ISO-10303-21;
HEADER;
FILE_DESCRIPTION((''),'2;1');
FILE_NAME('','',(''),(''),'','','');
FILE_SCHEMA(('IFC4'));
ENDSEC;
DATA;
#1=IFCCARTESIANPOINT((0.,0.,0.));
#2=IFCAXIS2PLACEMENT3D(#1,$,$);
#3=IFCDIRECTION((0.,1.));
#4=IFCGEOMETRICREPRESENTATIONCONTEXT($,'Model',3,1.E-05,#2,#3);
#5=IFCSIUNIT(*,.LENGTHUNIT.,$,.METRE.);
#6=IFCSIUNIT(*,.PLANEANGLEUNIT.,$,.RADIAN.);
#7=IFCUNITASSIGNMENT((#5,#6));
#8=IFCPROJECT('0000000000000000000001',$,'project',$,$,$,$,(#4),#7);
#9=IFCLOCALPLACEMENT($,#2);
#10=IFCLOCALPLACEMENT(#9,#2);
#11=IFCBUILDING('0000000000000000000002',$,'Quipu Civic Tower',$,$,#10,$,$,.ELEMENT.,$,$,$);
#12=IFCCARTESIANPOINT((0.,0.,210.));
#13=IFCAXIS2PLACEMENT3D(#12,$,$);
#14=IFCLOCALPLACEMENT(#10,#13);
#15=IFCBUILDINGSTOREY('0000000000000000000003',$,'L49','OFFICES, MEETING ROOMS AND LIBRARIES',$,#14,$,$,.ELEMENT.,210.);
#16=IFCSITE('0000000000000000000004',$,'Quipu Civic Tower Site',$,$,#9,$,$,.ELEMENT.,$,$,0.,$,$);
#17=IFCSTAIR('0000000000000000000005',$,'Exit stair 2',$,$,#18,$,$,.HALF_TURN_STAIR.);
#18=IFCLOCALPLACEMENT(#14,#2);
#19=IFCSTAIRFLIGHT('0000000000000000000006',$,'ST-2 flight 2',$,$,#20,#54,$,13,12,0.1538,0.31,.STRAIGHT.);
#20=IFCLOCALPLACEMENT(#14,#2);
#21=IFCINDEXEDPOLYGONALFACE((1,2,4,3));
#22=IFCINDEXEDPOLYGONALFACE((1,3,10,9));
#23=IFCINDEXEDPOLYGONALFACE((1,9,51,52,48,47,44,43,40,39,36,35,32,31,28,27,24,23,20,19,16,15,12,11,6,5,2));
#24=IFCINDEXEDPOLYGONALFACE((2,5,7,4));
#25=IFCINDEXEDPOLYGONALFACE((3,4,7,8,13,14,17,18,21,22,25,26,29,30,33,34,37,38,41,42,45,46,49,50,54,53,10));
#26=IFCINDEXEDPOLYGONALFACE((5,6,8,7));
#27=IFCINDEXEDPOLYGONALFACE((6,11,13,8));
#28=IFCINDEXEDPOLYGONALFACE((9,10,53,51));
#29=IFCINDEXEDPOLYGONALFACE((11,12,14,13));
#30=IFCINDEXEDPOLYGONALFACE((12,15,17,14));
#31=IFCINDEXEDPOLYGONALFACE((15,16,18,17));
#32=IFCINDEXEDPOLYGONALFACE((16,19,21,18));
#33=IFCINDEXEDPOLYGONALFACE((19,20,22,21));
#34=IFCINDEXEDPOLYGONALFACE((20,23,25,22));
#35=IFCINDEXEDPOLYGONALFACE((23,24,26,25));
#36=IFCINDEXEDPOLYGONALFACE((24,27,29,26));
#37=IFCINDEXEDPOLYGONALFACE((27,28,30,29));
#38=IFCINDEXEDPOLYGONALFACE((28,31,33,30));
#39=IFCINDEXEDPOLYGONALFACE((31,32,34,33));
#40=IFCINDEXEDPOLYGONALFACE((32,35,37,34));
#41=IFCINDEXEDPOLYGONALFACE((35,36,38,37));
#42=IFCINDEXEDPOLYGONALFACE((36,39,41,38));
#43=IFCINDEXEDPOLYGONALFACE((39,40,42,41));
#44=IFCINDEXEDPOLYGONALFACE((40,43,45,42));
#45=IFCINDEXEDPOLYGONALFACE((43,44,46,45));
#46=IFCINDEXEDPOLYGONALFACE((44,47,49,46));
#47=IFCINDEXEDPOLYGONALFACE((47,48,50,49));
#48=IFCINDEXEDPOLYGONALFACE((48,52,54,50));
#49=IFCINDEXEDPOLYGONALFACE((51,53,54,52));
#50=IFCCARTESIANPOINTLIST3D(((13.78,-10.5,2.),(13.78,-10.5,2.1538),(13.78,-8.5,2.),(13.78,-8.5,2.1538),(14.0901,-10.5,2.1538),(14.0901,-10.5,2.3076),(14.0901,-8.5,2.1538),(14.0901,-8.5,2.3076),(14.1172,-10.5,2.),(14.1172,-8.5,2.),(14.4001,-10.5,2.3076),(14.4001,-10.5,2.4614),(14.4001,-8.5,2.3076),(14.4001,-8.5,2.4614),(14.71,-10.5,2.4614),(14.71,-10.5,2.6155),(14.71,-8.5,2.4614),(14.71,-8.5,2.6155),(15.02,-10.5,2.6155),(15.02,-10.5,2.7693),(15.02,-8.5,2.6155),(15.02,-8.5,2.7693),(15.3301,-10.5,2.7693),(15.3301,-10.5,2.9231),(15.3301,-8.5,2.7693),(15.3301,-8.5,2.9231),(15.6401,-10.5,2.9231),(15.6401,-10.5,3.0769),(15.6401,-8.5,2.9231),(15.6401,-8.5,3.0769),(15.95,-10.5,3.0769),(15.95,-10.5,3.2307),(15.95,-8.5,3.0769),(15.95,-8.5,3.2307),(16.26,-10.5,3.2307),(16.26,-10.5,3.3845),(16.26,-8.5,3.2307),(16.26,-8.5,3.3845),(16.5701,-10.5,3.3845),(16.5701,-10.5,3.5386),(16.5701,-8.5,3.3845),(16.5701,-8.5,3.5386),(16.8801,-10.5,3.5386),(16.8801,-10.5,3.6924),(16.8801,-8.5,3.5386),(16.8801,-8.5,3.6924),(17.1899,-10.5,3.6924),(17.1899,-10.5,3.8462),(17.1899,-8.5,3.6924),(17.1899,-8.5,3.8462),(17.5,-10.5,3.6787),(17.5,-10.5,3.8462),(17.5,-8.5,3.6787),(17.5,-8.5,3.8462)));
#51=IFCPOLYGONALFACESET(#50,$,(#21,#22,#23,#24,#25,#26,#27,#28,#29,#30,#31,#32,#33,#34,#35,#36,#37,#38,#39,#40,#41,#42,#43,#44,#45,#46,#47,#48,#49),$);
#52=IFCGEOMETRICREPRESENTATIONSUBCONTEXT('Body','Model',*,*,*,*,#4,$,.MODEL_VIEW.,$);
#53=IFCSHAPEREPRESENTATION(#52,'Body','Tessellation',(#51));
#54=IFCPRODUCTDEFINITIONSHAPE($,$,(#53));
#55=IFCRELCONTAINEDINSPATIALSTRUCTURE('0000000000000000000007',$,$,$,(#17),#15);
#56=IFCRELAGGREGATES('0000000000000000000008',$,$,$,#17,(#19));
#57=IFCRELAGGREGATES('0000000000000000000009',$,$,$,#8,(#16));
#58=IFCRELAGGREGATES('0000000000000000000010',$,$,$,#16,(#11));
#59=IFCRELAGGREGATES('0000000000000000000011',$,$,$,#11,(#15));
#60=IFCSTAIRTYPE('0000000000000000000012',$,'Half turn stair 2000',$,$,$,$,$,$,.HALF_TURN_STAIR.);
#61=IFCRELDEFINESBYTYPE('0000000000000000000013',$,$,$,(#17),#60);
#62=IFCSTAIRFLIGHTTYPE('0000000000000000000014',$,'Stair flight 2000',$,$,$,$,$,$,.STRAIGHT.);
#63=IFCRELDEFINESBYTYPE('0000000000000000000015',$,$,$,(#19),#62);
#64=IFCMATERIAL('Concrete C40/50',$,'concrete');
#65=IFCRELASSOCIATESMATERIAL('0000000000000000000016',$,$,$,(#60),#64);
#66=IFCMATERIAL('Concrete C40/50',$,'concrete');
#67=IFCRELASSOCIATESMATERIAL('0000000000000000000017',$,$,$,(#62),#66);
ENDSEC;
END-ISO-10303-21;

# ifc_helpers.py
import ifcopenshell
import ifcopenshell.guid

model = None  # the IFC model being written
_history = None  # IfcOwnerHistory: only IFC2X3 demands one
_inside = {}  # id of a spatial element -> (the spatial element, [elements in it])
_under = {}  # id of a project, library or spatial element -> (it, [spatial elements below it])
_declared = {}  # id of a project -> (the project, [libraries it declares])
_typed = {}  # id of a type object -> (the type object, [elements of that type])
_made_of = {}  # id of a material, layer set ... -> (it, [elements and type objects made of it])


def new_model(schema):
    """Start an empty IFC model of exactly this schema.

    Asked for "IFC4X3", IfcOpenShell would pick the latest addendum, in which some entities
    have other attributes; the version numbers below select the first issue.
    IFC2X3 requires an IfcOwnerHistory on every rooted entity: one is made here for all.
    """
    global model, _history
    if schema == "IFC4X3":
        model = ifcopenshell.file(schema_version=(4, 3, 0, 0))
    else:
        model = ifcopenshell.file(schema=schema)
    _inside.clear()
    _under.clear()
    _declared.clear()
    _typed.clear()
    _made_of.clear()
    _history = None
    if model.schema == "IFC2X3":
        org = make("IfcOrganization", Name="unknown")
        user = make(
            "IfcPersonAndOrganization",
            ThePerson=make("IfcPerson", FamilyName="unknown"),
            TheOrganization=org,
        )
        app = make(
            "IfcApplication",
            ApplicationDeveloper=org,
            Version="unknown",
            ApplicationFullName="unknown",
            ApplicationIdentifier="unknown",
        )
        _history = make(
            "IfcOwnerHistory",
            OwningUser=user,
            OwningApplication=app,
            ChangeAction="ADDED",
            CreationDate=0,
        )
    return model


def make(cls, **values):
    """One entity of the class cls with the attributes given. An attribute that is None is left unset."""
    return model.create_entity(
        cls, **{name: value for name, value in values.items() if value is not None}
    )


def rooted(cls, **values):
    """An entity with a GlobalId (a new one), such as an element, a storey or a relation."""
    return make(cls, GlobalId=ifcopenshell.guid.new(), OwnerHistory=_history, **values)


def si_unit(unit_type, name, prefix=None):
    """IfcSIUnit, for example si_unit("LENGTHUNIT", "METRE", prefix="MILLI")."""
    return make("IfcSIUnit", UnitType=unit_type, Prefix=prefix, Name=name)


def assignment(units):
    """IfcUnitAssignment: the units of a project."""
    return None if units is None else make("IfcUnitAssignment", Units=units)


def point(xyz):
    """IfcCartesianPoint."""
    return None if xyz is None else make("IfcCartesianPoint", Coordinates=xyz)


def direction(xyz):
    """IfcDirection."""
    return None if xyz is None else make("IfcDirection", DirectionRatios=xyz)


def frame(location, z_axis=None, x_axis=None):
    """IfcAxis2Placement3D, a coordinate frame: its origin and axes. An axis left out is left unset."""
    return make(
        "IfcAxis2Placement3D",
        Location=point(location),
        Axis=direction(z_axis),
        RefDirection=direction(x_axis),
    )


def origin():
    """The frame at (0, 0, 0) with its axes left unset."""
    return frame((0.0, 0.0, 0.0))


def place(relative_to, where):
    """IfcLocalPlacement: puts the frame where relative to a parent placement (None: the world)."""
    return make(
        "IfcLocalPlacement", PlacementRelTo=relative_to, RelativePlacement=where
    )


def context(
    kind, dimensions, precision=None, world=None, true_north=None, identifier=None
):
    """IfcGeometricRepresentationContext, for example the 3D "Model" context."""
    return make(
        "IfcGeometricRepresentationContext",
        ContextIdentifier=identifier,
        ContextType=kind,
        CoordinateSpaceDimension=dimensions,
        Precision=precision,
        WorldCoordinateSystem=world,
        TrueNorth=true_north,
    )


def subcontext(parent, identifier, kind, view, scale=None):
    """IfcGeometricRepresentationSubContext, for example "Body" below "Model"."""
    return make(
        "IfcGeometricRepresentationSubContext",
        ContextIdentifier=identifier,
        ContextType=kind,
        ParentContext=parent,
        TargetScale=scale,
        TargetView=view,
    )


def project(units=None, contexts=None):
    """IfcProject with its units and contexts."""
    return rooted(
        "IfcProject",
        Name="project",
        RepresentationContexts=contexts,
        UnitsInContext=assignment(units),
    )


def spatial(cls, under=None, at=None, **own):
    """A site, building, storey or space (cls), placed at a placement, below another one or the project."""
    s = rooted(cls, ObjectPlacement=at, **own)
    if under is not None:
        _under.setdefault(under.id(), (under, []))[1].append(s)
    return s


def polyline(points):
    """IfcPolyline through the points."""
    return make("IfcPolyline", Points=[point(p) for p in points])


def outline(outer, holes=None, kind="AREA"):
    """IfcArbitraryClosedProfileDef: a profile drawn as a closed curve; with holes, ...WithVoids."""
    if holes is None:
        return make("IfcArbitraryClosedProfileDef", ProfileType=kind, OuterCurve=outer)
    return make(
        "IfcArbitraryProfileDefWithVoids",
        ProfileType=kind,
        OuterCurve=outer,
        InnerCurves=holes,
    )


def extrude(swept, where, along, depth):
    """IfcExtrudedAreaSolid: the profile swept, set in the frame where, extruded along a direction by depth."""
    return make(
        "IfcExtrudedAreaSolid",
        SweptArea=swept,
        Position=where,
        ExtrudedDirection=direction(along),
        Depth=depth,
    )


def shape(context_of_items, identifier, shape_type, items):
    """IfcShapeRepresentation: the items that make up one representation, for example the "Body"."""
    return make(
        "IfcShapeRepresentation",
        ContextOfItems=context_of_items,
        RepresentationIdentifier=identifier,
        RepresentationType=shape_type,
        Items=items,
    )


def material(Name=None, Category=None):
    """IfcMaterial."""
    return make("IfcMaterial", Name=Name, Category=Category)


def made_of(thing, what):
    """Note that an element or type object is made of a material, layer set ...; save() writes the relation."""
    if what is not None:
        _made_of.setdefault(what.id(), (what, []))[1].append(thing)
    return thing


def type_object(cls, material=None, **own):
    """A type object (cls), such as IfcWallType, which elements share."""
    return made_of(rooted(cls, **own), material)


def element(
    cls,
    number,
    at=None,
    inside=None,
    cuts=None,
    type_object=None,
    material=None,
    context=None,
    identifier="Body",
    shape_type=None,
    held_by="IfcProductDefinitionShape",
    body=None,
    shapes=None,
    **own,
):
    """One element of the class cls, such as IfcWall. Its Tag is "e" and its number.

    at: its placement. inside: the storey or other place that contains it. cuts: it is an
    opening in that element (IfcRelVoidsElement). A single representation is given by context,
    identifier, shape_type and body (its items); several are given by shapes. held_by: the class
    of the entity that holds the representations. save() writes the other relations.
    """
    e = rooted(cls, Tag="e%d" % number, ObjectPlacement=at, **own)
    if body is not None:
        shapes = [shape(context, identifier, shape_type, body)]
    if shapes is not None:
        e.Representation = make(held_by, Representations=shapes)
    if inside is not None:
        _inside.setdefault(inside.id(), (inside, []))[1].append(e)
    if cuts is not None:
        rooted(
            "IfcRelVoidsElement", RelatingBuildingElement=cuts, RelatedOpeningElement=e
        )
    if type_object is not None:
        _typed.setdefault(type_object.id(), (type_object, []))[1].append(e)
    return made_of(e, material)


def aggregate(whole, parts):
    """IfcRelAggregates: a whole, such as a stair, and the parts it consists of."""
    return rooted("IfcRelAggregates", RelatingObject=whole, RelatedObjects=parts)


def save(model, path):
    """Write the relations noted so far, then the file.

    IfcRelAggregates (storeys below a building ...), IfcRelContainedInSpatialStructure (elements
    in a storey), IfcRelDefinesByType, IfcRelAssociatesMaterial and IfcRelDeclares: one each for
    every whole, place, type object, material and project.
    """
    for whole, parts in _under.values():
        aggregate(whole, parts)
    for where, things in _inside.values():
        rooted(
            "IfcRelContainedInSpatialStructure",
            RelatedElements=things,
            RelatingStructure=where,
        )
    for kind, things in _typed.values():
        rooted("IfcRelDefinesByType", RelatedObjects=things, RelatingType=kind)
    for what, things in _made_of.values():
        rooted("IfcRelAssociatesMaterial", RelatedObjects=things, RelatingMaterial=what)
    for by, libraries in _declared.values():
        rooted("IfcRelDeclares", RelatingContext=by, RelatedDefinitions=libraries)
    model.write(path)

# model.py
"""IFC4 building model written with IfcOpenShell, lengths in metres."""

from ifc_helpers import new_model, si_unit, direction, frame, origin, place, context, subcontext, project, spatial, polyline, outline, extrude, material, type_object, element, aggregate, save


model = new_model("IFC4")

# Units and contexts
model_context = context("Model", 3, precision=1e-05, world=origin(), true_north=direction((0.0, 1.0)))
body_context = subcontext(model_context, "Body", "Model", "MODEL_VIEW")
ifc_project = project(units=[si_unit("LENGTHUNIT", "METRE"), si_unit("PLANEANGLEUNIT", "RADIAN")], contexts=[model_context])

# Site, building, storey
site_placement = place(None, origin())
site = spatial("IfcSite", under=ifc_project, at=site_placement, Name="Quipu Civic Tower Site", CompositionType="ELEMENT", RefElevation=0.0)
building_placement = place(site_placement, origin())
building = spatial("IfcBuilding", under=site, at=building_placement, Name="Quipu Civic Tower", CompositionType="ELEMENT")
storey_placement = place(building_placement, frame((0.0, 0.0, 210.0)))
storey = spatial("IfcBuildingStorey", under=building, at=storey_placement, Name="L49", Description="OFFICES, MEETING ROOMS AND LIBRARIES", CompositionType="ELEMENT", Elevation=210.0)

# Stair, stair flight
ifc_material_1 = material(Name="Concrete C40/50", Category="concrete")
stair_type = type_object("IfcStairType", Name="Half turn stair 2000", PredefinedType="HALF_TURN_STAIR", material=ifc_material_1)
stair_placement = place(storey_placement, origin())
stair = element("IfcStair", 1, at=stair_placement, inside=storey, type_object=stair_type, Name="Exit stair 2", PredefinedType="HALF_TURN_STAIR")
ifc_material_2 = material(Name="Concrete C40/50", Category="concrete")
stair_flight_type = type_object("IfcStairFlightType", Name="Stair flight 2000", PredefinedType="STRAIGHT", material=ifc_material_2)
stair_flight_1_placement = place(storey_placement, frame((13.78, -9.5, 2.0), z_axis=(0.0, 0.0, 1.0), x_axis=(1.0, 0.0, 0.0)))
stair_flight_1 = element("IfcStairFlight", 2, at=stair_flight_1_placement, type_object=stair_flight_type, Name="ST-2 flight 2", NumberOfRisers=13, NumberOfTreads=12, PredefinedType="STRAIGHT", RiserHeight=0.1538, TreadLength=0.31, context=body_context, shape_type="SweptSolid", body=[
    extrude(outline(polyline([(0.0, 0.0), (0.0, 0.1538), (0.3101, 0.1538), (0.3101, 0.3076), (0.6201, 0.3076), (0.6201, 0.4614), (0.9299, 0.4614), (0.9299, 0.6155), (1.24, 0.6155), (1.24, 0.7693), (1.55, 0.7693), (1.55, 0.9231), (1.8601, 0.9231), (1.8601, 1.0769), (2.1699, 1.0769), (2.1699, 1.2307), (2.48, 1.2307), (2.48, 1.3845), (2.79, 1.3845), (2.79, 1.5386), (3.1001, 1.5386), (3.1001, 1.6924), (3.4099, 1.6924), (3.4099, 1.8462), (3.72, 1.8462), (3.72, 2.0), (3.72, 1.6787), (0.3372, 0.0), (0.0, 0.0)])), frame((0.0, 1.0, 0.0), z_axis=(0.0, -1.0, 0.0), x_axis=(1.0, 0.0, 0.0)), (0.0, 0.0, 1.0), 2.0),
])
aggregate(stair, [stair_flight_1])

save(model, "model.ifc")
